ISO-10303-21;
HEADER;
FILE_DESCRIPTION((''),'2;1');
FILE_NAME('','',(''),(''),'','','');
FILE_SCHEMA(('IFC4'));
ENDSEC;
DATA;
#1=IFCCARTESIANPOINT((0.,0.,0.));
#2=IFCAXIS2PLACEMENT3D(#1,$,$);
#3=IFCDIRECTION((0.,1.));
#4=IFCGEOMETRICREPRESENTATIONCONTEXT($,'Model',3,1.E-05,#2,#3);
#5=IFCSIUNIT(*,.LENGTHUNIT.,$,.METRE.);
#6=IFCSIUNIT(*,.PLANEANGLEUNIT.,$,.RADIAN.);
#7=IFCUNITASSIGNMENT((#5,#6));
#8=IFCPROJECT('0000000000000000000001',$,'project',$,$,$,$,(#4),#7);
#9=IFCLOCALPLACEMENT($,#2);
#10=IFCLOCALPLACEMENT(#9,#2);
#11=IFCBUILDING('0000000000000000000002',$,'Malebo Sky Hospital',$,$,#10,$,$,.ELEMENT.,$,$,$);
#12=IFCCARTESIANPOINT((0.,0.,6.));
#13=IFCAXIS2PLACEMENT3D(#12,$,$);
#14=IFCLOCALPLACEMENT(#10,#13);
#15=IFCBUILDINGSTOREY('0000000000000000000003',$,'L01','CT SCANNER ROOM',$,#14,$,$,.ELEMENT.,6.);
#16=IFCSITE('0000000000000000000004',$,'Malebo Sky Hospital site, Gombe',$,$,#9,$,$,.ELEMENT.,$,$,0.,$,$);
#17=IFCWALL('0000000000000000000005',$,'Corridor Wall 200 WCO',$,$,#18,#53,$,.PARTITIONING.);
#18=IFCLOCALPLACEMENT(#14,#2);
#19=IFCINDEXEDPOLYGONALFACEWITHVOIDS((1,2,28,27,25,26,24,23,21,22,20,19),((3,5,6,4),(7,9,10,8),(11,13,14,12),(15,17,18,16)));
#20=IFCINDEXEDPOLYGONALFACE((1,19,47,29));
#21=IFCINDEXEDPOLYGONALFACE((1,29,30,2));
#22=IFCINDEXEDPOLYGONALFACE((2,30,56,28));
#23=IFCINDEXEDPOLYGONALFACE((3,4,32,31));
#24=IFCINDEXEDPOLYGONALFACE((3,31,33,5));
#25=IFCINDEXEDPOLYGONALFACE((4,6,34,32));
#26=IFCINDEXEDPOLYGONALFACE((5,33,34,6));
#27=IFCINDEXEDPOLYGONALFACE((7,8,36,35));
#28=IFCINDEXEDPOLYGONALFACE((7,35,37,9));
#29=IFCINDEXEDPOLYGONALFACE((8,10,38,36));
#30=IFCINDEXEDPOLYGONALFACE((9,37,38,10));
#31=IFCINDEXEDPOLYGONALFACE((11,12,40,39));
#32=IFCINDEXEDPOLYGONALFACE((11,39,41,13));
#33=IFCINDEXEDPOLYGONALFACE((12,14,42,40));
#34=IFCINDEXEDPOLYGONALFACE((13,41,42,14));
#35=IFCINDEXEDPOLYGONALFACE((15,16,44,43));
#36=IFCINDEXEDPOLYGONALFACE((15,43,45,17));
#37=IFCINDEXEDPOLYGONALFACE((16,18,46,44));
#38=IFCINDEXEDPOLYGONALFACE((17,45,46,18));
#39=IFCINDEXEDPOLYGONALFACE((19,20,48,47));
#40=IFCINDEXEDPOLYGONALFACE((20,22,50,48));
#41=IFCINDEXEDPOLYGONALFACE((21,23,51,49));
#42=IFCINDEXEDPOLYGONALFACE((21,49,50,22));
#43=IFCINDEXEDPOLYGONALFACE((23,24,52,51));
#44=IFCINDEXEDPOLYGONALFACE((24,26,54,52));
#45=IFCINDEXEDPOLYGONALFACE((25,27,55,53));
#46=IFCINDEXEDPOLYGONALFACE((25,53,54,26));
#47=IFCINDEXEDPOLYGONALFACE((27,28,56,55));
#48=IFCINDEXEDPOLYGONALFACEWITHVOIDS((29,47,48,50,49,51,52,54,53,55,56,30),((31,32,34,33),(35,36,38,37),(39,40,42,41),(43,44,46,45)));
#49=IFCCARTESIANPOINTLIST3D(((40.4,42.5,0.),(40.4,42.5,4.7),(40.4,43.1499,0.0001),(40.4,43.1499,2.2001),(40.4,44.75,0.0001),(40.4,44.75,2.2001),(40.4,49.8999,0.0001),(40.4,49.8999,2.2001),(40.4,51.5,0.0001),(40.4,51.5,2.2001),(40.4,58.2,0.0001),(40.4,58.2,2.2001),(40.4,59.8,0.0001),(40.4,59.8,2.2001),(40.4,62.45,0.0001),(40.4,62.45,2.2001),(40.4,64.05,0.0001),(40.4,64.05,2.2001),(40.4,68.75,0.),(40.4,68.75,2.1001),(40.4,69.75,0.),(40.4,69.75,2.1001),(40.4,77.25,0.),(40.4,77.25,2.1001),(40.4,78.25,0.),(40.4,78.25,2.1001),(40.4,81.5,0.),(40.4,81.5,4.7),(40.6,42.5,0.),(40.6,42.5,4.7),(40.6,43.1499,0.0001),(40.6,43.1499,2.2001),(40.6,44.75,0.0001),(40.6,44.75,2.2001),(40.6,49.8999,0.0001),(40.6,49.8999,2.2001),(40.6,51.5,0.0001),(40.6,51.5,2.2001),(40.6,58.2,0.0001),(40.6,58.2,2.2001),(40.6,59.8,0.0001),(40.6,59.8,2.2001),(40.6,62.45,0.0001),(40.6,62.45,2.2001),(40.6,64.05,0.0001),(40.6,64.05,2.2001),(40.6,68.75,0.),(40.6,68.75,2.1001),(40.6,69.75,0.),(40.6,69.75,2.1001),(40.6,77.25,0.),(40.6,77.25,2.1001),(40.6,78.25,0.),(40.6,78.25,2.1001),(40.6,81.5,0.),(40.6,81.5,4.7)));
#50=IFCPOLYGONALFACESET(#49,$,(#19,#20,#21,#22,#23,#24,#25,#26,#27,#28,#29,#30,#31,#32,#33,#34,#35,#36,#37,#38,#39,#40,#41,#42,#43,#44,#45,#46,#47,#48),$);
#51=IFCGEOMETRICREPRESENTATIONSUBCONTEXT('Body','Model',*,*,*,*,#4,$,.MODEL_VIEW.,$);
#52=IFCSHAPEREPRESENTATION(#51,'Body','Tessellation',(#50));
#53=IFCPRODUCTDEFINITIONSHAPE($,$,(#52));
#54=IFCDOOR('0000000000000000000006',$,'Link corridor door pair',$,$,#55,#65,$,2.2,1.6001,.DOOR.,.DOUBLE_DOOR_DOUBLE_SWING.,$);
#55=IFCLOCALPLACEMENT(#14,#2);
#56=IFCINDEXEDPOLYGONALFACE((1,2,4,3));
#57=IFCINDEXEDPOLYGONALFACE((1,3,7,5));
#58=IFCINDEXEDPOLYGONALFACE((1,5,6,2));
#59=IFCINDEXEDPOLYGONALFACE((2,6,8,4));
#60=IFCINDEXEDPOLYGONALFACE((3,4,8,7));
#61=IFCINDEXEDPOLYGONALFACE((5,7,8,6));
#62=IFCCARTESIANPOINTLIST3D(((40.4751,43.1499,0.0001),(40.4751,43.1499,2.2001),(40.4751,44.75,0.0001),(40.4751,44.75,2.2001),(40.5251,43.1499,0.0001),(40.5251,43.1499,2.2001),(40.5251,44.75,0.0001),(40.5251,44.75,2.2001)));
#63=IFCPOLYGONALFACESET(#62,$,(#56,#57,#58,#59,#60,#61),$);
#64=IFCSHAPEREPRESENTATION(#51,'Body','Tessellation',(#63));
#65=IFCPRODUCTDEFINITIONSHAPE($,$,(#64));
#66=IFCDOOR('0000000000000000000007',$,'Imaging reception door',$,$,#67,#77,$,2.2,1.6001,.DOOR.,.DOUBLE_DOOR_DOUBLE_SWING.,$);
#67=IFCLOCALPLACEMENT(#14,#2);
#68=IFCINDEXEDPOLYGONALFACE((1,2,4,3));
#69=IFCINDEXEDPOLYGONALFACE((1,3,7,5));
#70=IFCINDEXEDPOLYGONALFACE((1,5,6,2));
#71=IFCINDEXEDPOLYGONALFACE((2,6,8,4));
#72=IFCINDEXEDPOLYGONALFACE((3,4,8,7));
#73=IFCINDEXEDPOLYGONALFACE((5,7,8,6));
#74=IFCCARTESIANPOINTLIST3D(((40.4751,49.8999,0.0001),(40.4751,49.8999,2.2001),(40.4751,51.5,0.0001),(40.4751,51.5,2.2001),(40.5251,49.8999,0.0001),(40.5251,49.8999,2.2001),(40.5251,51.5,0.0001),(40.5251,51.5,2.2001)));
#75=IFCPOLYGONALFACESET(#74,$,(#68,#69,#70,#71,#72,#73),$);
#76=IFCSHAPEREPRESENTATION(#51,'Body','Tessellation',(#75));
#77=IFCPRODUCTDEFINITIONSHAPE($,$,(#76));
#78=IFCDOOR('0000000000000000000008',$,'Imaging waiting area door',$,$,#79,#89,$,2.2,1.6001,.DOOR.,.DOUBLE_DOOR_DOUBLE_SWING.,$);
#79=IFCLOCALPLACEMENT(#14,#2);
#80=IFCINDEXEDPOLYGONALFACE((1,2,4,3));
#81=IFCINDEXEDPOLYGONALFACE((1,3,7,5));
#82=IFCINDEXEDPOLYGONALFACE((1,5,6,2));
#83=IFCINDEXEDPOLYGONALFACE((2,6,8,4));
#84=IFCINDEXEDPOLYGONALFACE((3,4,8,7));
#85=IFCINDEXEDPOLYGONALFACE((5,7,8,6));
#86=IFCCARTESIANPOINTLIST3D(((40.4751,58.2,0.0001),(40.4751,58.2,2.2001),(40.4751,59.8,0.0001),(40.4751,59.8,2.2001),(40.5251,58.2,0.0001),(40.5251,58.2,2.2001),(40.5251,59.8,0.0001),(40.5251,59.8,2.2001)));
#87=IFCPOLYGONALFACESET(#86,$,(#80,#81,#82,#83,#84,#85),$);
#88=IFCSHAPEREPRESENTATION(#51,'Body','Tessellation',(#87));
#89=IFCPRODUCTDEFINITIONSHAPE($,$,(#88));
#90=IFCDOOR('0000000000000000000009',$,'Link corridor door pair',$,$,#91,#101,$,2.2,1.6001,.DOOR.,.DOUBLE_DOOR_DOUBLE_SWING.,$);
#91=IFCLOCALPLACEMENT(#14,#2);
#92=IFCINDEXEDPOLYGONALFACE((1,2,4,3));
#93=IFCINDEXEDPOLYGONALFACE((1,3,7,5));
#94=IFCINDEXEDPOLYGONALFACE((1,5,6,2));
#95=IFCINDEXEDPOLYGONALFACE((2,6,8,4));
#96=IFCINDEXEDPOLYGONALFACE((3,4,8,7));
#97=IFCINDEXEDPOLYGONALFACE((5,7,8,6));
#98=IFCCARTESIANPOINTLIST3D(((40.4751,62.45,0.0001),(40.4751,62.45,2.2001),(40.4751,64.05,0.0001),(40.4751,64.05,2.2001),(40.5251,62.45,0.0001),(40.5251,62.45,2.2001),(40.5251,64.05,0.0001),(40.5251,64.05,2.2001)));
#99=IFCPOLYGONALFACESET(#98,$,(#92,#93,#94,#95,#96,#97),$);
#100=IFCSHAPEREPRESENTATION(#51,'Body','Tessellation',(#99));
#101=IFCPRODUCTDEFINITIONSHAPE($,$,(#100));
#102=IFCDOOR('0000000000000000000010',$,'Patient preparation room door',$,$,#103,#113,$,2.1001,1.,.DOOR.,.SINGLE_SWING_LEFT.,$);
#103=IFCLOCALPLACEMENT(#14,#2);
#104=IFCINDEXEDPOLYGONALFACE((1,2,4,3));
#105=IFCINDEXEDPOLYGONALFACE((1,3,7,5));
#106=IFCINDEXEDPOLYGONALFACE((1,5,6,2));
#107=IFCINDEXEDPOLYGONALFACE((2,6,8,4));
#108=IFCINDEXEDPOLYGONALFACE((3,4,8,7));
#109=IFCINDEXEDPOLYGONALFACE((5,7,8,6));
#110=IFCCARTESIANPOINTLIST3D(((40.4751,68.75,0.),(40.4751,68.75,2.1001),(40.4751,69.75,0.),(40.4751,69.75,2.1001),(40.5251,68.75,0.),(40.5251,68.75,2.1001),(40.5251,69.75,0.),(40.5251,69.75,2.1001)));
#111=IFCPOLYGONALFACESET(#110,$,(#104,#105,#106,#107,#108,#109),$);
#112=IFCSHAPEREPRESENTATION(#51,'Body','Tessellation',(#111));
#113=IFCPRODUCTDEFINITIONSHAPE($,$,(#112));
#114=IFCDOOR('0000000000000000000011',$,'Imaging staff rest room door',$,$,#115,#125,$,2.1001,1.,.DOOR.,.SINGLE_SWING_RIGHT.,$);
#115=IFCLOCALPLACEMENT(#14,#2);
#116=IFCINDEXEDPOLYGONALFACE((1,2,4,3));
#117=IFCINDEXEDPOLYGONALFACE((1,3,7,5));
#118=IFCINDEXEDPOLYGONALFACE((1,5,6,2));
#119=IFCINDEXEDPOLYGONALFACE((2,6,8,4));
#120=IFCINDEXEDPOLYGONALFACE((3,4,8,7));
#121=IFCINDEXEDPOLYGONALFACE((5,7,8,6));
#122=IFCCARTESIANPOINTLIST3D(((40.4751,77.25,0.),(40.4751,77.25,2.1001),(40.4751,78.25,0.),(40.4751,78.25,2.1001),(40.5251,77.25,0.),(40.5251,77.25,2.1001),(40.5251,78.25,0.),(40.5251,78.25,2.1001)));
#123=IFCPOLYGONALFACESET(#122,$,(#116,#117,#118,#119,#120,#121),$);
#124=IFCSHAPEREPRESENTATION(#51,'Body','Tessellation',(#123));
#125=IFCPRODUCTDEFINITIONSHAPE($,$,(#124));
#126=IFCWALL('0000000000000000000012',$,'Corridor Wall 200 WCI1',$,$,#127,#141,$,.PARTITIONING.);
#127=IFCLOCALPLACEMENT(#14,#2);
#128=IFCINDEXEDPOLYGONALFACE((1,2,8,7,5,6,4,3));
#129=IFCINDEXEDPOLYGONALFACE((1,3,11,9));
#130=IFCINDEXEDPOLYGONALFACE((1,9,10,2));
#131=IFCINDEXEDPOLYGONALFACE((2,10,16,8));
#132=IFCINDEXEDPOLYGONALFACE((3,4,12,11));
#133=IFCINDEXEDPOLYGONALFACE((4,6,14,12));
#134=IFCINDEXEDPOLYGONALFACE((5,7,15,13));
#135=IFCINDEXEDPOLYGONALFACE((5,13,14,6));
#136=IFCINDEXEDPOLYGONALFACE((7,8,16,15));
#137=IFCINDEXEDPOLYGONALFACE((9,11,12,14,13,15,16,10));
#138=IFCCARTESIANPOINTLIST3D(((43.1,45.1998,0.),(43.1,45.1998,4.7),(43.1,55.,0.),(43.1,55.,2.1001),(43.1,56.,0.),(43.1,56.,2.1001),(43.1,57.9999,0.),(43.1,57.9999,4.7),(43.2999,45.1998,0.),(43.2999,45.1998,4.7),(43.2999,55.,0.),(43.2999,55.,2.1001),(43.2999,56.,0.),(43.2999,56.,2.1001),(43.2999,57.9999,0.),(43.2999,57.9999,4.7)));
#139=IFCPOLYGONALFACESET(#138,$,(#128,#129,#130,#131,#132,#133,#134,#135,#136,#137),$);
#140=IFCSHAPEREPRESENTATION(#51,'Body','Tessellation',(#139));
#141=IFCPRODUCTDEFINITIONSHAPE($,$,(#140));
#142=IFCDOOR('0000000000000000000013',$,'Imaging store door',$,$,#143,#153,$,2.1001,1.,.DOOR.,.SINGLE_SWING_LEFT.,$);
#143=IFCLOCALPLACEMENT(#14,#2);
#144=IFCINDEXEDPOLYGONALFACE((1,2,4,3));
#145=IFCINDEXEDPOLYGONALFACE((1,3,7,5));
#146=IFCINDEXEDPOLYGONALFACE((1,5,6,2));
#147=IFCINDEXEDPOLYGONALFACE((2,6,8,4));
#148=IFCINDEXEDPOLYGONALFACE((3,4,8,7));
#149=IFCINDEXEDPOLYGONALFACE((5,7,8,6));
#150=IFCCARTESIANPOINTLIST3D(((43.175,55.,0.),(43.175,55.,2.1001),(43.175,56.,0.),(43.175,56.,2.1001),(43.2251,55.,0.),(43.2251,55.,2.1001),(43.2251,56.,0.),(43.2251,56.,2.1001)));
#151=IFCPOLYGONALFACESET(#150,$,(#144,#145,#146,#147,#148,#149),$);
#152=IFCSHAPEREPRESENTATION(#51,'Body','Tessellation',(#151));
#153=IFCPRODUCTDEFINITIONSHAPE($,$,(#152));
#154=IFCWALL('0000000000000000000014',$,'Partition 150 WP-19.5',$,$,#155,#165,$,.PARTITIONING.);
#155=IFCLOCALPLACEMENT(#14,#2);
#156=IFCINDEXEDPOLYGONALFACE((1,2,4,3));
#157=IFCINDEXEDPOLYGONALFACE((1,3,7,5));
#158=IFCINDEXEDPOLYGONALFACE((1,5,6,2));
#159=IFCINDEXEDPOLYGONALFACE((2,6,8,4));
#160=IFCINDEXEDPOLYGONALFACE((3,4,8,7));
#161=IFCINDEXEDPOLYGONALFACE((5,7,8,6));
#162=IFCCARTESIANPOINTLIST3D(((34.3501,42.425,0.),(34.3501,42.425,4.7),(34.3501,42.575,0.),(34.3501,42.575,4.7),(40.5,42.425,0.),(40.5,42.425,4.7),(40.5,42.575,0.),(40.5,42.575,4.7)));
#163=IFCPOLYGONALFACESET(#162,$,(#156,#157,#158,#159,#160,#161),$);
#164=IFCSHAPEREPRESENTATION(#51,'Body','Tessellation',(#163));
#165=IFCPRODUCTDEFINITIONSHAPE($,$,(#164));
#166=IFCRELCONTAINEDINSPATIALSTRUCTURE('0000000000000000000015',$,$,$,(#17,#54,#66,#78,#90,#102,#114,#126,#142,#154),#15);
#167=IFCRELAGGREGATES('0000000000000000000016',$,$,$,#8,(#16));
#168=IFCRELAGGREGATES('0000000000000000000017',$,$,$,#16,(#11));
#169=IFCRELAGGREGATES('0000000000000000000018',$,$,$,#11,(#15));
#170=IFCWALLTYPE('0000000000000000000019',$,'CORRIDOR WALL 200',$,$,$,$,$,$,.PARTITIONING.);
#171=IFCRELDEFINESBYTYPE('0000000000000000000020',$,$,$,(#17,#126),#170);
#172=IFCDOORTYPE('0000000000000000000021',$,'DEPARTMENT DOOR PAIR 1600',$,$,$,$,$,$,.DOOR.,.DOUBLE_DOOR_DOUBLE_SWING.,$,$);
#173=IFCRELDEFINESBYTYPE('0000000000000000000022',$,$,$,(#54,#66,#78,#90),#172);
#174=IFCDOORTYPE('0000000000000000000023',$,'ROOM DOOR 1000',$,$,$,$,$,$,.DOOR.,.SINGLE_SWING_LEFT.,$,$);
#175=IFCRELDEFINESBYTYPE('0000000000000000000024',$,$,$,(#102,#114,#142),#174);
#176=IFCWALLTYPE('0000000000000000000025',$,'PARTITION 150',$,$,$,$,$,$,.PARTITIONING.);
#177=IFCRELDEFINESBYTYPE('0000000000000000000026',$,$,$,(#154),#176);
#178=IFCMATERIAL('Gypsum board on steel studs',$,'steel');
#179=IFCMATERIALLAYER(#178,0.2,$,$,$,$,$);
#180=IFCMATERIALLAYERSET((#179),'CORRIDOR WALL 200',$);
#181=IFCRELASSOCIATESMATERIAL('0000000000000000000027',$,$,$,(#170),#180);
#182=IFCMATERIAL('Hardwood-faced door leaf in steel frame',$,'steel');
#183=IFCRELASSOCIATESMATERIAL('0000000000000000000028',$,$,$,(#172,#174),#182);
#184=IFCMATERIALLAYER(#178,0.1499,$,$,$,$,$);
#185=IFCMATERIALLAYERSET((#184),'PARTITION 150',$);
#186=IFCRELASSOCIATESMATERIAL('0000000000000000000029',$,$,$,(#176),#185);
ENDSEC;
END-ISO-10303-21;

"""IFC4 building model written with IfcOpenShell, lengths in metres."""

from ifc_helpers import new_model, si_unit, direction, frame, frame_2d, origin, place, context, subcontext, project, spatial, rectangle, extrude, material, layer, layer_set, type_object, element, fill, save


model = new_model("IFC4")

# Units and contexts
model_context = context("Model", 3, precision=1e-05, world=origin(), true_north=direction((0.0, 1.0)))
body_context = subcontext(model_context, "Body", "Model", "MODEL_VIEW")
ifc_project = project(units=[si_unit("LENGTHUNIT", "METRE"), si_unit("PLANEANGLEUNIT", "RADIAN")], contexts=[model_context])

# Site, building, storey
site_placement = place(None, origin())
site = spatial("IfcSite", under=ifc_project, at=site_placement, Name="Malebo Sky Hospital site, Gombe", CompositionType="ELEMENT", RefElevation=0.0)
building_placement = place(site_placement, origin())
building = spatial("IfcBuilding", under=site, at=building_placement, Name="Malebo Sky Hospital", CompositionType="ELEMENT")
storey_placement = place(building_placement, frame((0.0, 0.0, 6.0)))
storey = spatial("IfcBuildingStorey", under=building, at=storey_placement, Name="L01", Description="CT SCANNER ROOM", CompositionType="ELEMENT", Elevation=6.0)

# Wall, openings, doors
ifc_material_1 = material(Name="Gypsum board on steel studs", Category="steel")
ifc_layer_1 = layer(ifc_material_1, 0.2)
ifc_layer_set_1 = layer_set([ifc_layer_1], Name="CORRIDOR WALL 200")
wall_type_1 = type_object("IfcWallType", Name="CORRIDOR WALL 200", PredefinedType="PARTITIONING", material=ifc_layer_set_1)
wall_1_placement = place(storey_placement, frame((40.5, 42.5, 0.0), z_axis=(0.0, 0.0, 1.0), x_axis=(0.0, 1.0, 0.0)))
wall_1 = element("IfcWall", 1, at=wall_1_placement, inside=storey, type_object=wall_type_1, Name="Corridor Wall 200 WCO", PredefinedType="PARTITIONING", context=body_context, shape_type="SweptSolid", body=[
    extrude(rectangle(XDim=39.0, YDim=0.2, at=frame_2d((19.5, 0.0))), origin(), (0.0, 0.0, 1.0), 4.7),
])
opening_1_placement = place(wall_1_placement, frame((0.6499, 0.0, 0.0)))
opening_1 = element("IfcOpeningElement", 2, at=opening_1_placement, cuts=wall_1, PredefinedType="OPENING", context=body_context, shape_type="SweptSolid", body=[
    extrude(rectangle(XDim=1.6001, YDim=2.2, at=frame_2d((0.8, 1.1001))), frame((0.0, 0.1099, 0.0), z_axis=(0.0, -1.0, 0.0), x_axis=(1.0, 0.0, 0.0)), (0.0, 0.0, 1.0), 0.22),
])
opening_2_placement = place(wall_1_placement, frame((7.3999, 0.0, 0.0)))
opening_2 = element("IfcOpeningElement", 3, at=opening_2_placement, cuts=wall_1, PredefinedType="OPENING", context=body_context, shape_type="SweptSolid", body=[
    extrude(rectangle(XDim=1.6001, YDim=2.2, at=frame_2d((0.8, 1.1001))), frame((0.0, 0.1099, 0.0), z_axis=(0.0, -1.0, 0.0), x_axis=(1.0, 0.0, 0.0)), (0.0, 0.0, 1.0), 0.22),
])
opening_3_placement = place(wall_1_placement, frame((15.7, 0.0, 0.0)))
opening_3 = element("IfcOpeningElement", 4, at=opening_3_placement, cuts=wall_1, PredefinedType="OPENING", context=body_context, shape_type="SweptSolid", body=[
    extrude(rectangle(XDim=1.6001, YDim=2.2, at=frame_2d((0.8, 1.1001))), frame((0.0, 0.1099, 0.0), z_axis=(0.0, -1.0, 0.0), x_axis=(1.0, 0.0, 0.0)), (0.0, 0.0, 1.0), 0.22),
])
opening_4_placement = place(wall_1_placement, frame((19.95, 0.0, 0.0)))
opening_4 = element("IfcOpeningElement", 5, at=opening_4_placement, cuts=wall_1, PredefinedType="OPENING", context=body_context, shape_type="SweptSolid", body=[
    extrude(rectangle(XDim=1.6001, YDim=2.2, at=frame_2d((0.8, 1.1001))), frame((0.0, 0.1099, 0.0), z_axis=(0.0, -1.0, 0.0), x_axis=(1.0, 0.0, 0.0)), (0.0, 0.0, 1.0), 0.22),
])
opening_5_placement = place(wall_1_placement, frame((26.25, 0.0, 0.0)))
opening_5 = element("IfcOpeningElement", 6, at=opening_5_placement, cuts=wall_1, PredefinedType="OPENING", context=body_context, shape_type="SweptSolid", body=[
    extrude(rectangle(XDim=1.0, YDim=2.1001, at=frame_2d((0.5, 1.05))), frame((0.0, 0.1099, 0.0), z_axis=(0.0, -1.0, 0.0), x_axis=(1.0, 0.0, 0.0)), (0.0, 0.0, 1.0), 0.22),
])
opening_6_placement = place(wall_1_placement, frame((34.75, 0.0, 0.0)))
opening_6 = element("IfcOpeningElement", 7, at=opening_6_placement, cuts=wall_1, PredefinedType="OPENING", context=body_context, shape_type="SweptSolid", body=[
    extrude(rectangle(XDim=1.0, YDim=2.1001, at=frame_2d((0.5, 1.05))), frame((0.0, 0.1099, 0.0), z_axis=(0.0, -1.0, 0.0), x_axis=(1.0, 0.0, 0.0)), (0.0, 0.0, 1.0), 0.22),
])
ifc_material_2 = material(Name="Hardwood-faced door leaf in steel frame", Category="steel")
door_type_1 = type_object("IfcDoorType", Name="DEPARTMENT DOOR PAIR 1600", OperationType="DOUBLE_DOOR_DOUBLE_SWING", PredefinedType="DOOR", material=ifc_material_2)
door_1_placement = place(opening_1_placement, origin())
door_1 = element("IfcDoor", 8, at=door_1_placement, inside=storey, type_object=door_type_1, Name="Link corridor door pair", OperationType="DOUBLE_DOOR_DOUBLE_SWING", OverallHeight=2.2, OverallWidth=1.6001, PredefinedType="DOOR", context=body_context, shape_type="SweptSolid", body=[
    extrude(rectangle(XDim=1.6001, YDim=2.2, at=frame_2d((0.8, 1.1001))), frame((0.0, 0.0249, 0.0), z_axis=(0.0, -1.0, 0.0), x_axis=(1.0, 0.0, 0.0)), (0.0, 0.0, 1.0), 0.05),
])
fill(opening_1, door_1)
door_2_placement = place(opening_2_placement, origin())
door_2 = element("IfcDoor", 9, at=door_2_placement, inside=storey, type_object=door_type_1, Name="Imaging reception door", OperationType="DOUBLE_DOOR_DOUBLE_SWING", OverallHeight=2.2, OverallWidth=1.6001, PredefinedType="DOOR", context=body_context, shape_type="SweptSolid", body=[
    extrude(rectangle(XDim=1.6001, YDim=2.2, at=frame_2d((0.8, 1.1001))), frame((0.0, 0.0249, 0.0), z_axis=(0.0, -1.0, 0.0), x_axis=(1.0, 0.0, 0.0)), (0.0, 0.0, 1.0), 0.05),
])
fill(opening_2, door_2)
door_3_placement = place(opening_3_placement, origin())
door_3 = element("IfcDoor", 10, at=door_3_placement, inside=storey, type_object=door_type_1, Name="Imaging waiting area door", OperationType="DOUBLE_DOOR_DOUBLE_SWING", OverallHeight=2.2, OverallWidth=1.6001, PredefinedType="DOOR", context=body_context, shape_type="SweptSolid", body=[
    extrude(rectangle(XDim=1.6001, YDim=2.2, at=frame_2d((0.8, 1.1001))), frame((0.0, 0.0249, 0.0), z_axis=(0.0, -1.0, 0.0), x_axis=(1.0, 0.0, 0.0)), (0.0, 0.0, 1.0), 0.05),
])
fill(opening_3, door_3)
door_4_placement = place(opening_4_placement, origin())
door_4 = element("IfcDoor", 11, at=door_4_placement, inside=storey, type_object=door_type_1, Name="Link corridor door pair", OperationType="DOUBLE_DOOR_DOUBLE_SWING", OverallHeight=2.2, OverallWidth=1.6001, PredefinedType="DOOR", context=body_context, shape_type="SweptSolid", body=[
    extrude(rectangle(XDim=1.6001, YDim=2.2, at=frame_2d((0.8, 1.1001))), frame((0.0, 0.0249, 0.0), z_axis=(0.0, -1.0, 0.0), x_axis=(1.0, 0.0, 0.0)), (0.0, 0.0, 1.0), 0.05),
])
fill(opening_4, door_4)
door_type_2 = type_object("IfcDoorType", Name="ROOM DOOR 1000", OperationType="SINGLE_SWING_LEFT", PredefinedType="DOOR", material=ifc_material_2)
door_5_placement = place(opening_5_placement, origin())
door_5 = element("IfcDoor", 12, at=door_5_placement, inside=storey, type_object=door_type_2, Name="Patient preparation room door", OperationType="SINGLE_SWING_LEFT", OverallHeight=2.1001, OverallWidth=1.0, PredefinedType="DOOR", context=body_context, shape_type="SweptSolid", body=[
    extrude(rectangle(XDim=1.0, YDim=2.1001, at=frame_2d((0.5, 1.05))), frame((0.0, 0.0249, 0.0), z_axis=(0.0, -1.0, 0.0), x_axis=(1.0, 0.0, 0.0)), (0.0, 0.0, 1.0), 0.05),
])
fill(opening_5, door_5)
door_6_placement = place(opening_6_placement, origin())
door_6 = element("IfcDoor", 13, at=door_6_placement, inside=storey, type_object=door_type_2, Name="Imaging staff rest room door", OperationType="SINGLE_SWING_RIGHT", OverallHeight=2.1001, OverallWidth=1.0, PredefinedType="DOOR", context=body_context, shape_type="SweptSolid", body=[
    extrude(rectangle(XDim=1.0, YDim=2.1001, at=frame_2d((0.5, 1.05))), frame((0.0, 0.0249, 0.0), z_axis=(0.0, -1.0, 0.0), x_axis=(1.0, 0.0, 0.0)), (0.0, 0.0, 1.0), 0.05),
])
fill(opening_6, door_6)

# Wall, opening, door
wall_2_placement = place(storey_placement, frame((43.2, 45.2, 0.0), z_axis=(0.0, 0.0, 1.0), x_axis=(0.0, 1.0, 0.0)))
wall_2 = element("IfcWall", 14, at=wall_2_placement, inside=storey, type_object=wall_type_1, Name="Corridor Wall 200 WCI1", PredefinedType="PARTITIONING", context=body_context, shape_type="SweptSolid", body=[
    extrude(rectangle(XDim=12.8, YDim=0.2, at=frame_2d((6.3999, 0.0))), origin(), (0.0, 0.0, 1.0), 4.7),
])
opening_7_placement = place(wall_2_placement, frame((9.8, 0.0, 0.0)))
opening_7 = element("IfcOpeningElement", 15, at=opening_7_placement, cuts=wall_2, PredefinedType="OPENING", context=body_context, shape_type="SweptSolid", body=[
    extrude(rectangle(XDim=1.0, YDim=2.1001, at=frame_2d((0.5, 1.05))), frame((0.0, 0.1099, 0.0), z_axis=(0.0, -1.0, 0.0), x_axis=(1.0, 0.0, 0.0)), (0.0, 0.0, 1.0), 0.22),
])
door_7_placement = place(opening_7_placement, origin())
door_7 = element("IfcDoor", 16, at=door_7_placement, inside=storey, type_object=door_type_2, Name="Imaging store door", OperationType="SINGLE_SWING_LEFT", OverallHeight=2.1001, OverallWidth=1.0, PredefinedType="DOOR", context=body_context, shape_type="SweptSolid", body=[
    extrude(rectangle(XDim=1.0, YDim=2.1001, at=frame_2d((0.5, 1.05))), frame((0.0, 0.0249, 0.0), z_axis=(0.0, -1.0, 0.0), x_axis=(1.0, 0.0, 0.0)), (0.0, 0.0, 1.0), 0.05),
])
fill(opening_7, door_7)

# Wall
ifc_layer_2 = layer(ifc_material_1, 0.1499)
ifc_layer_set_2 = layer_set([ifc_layer_2], Name="PARTITION 150")
wall_type_2 = type_object("IfcWallType", Name="PARTITION 150", PredefinedType="PARTITIONING", material=ifc_layer_set_2)
for number, where, z_axis, x_axis, name in (
    (17, (40.5, 42.5, 0.0), (0.0, 0.0, 1.0), (-1.0, 0.0, 0.0), "Partition 150 WP-19.5"),
):
    element("IfcWall", number, at=place(storey_placement, frame(where, z_axis=z_axis, x_axis=x_axis)), inside=storey, type_object=wall_type_2, Name=name, PredefinedType="PARTITIONING", context=body_context, shape_type="SweptSolid", body=[
        extrude(rectangle(XDim=6.1499, YDim=0.1499, at=frame_2d((3.075, 0.0))), origin(), (0.0, 0.0, 1.0), 4.7),
    ])

save(model, "model.ifc")
